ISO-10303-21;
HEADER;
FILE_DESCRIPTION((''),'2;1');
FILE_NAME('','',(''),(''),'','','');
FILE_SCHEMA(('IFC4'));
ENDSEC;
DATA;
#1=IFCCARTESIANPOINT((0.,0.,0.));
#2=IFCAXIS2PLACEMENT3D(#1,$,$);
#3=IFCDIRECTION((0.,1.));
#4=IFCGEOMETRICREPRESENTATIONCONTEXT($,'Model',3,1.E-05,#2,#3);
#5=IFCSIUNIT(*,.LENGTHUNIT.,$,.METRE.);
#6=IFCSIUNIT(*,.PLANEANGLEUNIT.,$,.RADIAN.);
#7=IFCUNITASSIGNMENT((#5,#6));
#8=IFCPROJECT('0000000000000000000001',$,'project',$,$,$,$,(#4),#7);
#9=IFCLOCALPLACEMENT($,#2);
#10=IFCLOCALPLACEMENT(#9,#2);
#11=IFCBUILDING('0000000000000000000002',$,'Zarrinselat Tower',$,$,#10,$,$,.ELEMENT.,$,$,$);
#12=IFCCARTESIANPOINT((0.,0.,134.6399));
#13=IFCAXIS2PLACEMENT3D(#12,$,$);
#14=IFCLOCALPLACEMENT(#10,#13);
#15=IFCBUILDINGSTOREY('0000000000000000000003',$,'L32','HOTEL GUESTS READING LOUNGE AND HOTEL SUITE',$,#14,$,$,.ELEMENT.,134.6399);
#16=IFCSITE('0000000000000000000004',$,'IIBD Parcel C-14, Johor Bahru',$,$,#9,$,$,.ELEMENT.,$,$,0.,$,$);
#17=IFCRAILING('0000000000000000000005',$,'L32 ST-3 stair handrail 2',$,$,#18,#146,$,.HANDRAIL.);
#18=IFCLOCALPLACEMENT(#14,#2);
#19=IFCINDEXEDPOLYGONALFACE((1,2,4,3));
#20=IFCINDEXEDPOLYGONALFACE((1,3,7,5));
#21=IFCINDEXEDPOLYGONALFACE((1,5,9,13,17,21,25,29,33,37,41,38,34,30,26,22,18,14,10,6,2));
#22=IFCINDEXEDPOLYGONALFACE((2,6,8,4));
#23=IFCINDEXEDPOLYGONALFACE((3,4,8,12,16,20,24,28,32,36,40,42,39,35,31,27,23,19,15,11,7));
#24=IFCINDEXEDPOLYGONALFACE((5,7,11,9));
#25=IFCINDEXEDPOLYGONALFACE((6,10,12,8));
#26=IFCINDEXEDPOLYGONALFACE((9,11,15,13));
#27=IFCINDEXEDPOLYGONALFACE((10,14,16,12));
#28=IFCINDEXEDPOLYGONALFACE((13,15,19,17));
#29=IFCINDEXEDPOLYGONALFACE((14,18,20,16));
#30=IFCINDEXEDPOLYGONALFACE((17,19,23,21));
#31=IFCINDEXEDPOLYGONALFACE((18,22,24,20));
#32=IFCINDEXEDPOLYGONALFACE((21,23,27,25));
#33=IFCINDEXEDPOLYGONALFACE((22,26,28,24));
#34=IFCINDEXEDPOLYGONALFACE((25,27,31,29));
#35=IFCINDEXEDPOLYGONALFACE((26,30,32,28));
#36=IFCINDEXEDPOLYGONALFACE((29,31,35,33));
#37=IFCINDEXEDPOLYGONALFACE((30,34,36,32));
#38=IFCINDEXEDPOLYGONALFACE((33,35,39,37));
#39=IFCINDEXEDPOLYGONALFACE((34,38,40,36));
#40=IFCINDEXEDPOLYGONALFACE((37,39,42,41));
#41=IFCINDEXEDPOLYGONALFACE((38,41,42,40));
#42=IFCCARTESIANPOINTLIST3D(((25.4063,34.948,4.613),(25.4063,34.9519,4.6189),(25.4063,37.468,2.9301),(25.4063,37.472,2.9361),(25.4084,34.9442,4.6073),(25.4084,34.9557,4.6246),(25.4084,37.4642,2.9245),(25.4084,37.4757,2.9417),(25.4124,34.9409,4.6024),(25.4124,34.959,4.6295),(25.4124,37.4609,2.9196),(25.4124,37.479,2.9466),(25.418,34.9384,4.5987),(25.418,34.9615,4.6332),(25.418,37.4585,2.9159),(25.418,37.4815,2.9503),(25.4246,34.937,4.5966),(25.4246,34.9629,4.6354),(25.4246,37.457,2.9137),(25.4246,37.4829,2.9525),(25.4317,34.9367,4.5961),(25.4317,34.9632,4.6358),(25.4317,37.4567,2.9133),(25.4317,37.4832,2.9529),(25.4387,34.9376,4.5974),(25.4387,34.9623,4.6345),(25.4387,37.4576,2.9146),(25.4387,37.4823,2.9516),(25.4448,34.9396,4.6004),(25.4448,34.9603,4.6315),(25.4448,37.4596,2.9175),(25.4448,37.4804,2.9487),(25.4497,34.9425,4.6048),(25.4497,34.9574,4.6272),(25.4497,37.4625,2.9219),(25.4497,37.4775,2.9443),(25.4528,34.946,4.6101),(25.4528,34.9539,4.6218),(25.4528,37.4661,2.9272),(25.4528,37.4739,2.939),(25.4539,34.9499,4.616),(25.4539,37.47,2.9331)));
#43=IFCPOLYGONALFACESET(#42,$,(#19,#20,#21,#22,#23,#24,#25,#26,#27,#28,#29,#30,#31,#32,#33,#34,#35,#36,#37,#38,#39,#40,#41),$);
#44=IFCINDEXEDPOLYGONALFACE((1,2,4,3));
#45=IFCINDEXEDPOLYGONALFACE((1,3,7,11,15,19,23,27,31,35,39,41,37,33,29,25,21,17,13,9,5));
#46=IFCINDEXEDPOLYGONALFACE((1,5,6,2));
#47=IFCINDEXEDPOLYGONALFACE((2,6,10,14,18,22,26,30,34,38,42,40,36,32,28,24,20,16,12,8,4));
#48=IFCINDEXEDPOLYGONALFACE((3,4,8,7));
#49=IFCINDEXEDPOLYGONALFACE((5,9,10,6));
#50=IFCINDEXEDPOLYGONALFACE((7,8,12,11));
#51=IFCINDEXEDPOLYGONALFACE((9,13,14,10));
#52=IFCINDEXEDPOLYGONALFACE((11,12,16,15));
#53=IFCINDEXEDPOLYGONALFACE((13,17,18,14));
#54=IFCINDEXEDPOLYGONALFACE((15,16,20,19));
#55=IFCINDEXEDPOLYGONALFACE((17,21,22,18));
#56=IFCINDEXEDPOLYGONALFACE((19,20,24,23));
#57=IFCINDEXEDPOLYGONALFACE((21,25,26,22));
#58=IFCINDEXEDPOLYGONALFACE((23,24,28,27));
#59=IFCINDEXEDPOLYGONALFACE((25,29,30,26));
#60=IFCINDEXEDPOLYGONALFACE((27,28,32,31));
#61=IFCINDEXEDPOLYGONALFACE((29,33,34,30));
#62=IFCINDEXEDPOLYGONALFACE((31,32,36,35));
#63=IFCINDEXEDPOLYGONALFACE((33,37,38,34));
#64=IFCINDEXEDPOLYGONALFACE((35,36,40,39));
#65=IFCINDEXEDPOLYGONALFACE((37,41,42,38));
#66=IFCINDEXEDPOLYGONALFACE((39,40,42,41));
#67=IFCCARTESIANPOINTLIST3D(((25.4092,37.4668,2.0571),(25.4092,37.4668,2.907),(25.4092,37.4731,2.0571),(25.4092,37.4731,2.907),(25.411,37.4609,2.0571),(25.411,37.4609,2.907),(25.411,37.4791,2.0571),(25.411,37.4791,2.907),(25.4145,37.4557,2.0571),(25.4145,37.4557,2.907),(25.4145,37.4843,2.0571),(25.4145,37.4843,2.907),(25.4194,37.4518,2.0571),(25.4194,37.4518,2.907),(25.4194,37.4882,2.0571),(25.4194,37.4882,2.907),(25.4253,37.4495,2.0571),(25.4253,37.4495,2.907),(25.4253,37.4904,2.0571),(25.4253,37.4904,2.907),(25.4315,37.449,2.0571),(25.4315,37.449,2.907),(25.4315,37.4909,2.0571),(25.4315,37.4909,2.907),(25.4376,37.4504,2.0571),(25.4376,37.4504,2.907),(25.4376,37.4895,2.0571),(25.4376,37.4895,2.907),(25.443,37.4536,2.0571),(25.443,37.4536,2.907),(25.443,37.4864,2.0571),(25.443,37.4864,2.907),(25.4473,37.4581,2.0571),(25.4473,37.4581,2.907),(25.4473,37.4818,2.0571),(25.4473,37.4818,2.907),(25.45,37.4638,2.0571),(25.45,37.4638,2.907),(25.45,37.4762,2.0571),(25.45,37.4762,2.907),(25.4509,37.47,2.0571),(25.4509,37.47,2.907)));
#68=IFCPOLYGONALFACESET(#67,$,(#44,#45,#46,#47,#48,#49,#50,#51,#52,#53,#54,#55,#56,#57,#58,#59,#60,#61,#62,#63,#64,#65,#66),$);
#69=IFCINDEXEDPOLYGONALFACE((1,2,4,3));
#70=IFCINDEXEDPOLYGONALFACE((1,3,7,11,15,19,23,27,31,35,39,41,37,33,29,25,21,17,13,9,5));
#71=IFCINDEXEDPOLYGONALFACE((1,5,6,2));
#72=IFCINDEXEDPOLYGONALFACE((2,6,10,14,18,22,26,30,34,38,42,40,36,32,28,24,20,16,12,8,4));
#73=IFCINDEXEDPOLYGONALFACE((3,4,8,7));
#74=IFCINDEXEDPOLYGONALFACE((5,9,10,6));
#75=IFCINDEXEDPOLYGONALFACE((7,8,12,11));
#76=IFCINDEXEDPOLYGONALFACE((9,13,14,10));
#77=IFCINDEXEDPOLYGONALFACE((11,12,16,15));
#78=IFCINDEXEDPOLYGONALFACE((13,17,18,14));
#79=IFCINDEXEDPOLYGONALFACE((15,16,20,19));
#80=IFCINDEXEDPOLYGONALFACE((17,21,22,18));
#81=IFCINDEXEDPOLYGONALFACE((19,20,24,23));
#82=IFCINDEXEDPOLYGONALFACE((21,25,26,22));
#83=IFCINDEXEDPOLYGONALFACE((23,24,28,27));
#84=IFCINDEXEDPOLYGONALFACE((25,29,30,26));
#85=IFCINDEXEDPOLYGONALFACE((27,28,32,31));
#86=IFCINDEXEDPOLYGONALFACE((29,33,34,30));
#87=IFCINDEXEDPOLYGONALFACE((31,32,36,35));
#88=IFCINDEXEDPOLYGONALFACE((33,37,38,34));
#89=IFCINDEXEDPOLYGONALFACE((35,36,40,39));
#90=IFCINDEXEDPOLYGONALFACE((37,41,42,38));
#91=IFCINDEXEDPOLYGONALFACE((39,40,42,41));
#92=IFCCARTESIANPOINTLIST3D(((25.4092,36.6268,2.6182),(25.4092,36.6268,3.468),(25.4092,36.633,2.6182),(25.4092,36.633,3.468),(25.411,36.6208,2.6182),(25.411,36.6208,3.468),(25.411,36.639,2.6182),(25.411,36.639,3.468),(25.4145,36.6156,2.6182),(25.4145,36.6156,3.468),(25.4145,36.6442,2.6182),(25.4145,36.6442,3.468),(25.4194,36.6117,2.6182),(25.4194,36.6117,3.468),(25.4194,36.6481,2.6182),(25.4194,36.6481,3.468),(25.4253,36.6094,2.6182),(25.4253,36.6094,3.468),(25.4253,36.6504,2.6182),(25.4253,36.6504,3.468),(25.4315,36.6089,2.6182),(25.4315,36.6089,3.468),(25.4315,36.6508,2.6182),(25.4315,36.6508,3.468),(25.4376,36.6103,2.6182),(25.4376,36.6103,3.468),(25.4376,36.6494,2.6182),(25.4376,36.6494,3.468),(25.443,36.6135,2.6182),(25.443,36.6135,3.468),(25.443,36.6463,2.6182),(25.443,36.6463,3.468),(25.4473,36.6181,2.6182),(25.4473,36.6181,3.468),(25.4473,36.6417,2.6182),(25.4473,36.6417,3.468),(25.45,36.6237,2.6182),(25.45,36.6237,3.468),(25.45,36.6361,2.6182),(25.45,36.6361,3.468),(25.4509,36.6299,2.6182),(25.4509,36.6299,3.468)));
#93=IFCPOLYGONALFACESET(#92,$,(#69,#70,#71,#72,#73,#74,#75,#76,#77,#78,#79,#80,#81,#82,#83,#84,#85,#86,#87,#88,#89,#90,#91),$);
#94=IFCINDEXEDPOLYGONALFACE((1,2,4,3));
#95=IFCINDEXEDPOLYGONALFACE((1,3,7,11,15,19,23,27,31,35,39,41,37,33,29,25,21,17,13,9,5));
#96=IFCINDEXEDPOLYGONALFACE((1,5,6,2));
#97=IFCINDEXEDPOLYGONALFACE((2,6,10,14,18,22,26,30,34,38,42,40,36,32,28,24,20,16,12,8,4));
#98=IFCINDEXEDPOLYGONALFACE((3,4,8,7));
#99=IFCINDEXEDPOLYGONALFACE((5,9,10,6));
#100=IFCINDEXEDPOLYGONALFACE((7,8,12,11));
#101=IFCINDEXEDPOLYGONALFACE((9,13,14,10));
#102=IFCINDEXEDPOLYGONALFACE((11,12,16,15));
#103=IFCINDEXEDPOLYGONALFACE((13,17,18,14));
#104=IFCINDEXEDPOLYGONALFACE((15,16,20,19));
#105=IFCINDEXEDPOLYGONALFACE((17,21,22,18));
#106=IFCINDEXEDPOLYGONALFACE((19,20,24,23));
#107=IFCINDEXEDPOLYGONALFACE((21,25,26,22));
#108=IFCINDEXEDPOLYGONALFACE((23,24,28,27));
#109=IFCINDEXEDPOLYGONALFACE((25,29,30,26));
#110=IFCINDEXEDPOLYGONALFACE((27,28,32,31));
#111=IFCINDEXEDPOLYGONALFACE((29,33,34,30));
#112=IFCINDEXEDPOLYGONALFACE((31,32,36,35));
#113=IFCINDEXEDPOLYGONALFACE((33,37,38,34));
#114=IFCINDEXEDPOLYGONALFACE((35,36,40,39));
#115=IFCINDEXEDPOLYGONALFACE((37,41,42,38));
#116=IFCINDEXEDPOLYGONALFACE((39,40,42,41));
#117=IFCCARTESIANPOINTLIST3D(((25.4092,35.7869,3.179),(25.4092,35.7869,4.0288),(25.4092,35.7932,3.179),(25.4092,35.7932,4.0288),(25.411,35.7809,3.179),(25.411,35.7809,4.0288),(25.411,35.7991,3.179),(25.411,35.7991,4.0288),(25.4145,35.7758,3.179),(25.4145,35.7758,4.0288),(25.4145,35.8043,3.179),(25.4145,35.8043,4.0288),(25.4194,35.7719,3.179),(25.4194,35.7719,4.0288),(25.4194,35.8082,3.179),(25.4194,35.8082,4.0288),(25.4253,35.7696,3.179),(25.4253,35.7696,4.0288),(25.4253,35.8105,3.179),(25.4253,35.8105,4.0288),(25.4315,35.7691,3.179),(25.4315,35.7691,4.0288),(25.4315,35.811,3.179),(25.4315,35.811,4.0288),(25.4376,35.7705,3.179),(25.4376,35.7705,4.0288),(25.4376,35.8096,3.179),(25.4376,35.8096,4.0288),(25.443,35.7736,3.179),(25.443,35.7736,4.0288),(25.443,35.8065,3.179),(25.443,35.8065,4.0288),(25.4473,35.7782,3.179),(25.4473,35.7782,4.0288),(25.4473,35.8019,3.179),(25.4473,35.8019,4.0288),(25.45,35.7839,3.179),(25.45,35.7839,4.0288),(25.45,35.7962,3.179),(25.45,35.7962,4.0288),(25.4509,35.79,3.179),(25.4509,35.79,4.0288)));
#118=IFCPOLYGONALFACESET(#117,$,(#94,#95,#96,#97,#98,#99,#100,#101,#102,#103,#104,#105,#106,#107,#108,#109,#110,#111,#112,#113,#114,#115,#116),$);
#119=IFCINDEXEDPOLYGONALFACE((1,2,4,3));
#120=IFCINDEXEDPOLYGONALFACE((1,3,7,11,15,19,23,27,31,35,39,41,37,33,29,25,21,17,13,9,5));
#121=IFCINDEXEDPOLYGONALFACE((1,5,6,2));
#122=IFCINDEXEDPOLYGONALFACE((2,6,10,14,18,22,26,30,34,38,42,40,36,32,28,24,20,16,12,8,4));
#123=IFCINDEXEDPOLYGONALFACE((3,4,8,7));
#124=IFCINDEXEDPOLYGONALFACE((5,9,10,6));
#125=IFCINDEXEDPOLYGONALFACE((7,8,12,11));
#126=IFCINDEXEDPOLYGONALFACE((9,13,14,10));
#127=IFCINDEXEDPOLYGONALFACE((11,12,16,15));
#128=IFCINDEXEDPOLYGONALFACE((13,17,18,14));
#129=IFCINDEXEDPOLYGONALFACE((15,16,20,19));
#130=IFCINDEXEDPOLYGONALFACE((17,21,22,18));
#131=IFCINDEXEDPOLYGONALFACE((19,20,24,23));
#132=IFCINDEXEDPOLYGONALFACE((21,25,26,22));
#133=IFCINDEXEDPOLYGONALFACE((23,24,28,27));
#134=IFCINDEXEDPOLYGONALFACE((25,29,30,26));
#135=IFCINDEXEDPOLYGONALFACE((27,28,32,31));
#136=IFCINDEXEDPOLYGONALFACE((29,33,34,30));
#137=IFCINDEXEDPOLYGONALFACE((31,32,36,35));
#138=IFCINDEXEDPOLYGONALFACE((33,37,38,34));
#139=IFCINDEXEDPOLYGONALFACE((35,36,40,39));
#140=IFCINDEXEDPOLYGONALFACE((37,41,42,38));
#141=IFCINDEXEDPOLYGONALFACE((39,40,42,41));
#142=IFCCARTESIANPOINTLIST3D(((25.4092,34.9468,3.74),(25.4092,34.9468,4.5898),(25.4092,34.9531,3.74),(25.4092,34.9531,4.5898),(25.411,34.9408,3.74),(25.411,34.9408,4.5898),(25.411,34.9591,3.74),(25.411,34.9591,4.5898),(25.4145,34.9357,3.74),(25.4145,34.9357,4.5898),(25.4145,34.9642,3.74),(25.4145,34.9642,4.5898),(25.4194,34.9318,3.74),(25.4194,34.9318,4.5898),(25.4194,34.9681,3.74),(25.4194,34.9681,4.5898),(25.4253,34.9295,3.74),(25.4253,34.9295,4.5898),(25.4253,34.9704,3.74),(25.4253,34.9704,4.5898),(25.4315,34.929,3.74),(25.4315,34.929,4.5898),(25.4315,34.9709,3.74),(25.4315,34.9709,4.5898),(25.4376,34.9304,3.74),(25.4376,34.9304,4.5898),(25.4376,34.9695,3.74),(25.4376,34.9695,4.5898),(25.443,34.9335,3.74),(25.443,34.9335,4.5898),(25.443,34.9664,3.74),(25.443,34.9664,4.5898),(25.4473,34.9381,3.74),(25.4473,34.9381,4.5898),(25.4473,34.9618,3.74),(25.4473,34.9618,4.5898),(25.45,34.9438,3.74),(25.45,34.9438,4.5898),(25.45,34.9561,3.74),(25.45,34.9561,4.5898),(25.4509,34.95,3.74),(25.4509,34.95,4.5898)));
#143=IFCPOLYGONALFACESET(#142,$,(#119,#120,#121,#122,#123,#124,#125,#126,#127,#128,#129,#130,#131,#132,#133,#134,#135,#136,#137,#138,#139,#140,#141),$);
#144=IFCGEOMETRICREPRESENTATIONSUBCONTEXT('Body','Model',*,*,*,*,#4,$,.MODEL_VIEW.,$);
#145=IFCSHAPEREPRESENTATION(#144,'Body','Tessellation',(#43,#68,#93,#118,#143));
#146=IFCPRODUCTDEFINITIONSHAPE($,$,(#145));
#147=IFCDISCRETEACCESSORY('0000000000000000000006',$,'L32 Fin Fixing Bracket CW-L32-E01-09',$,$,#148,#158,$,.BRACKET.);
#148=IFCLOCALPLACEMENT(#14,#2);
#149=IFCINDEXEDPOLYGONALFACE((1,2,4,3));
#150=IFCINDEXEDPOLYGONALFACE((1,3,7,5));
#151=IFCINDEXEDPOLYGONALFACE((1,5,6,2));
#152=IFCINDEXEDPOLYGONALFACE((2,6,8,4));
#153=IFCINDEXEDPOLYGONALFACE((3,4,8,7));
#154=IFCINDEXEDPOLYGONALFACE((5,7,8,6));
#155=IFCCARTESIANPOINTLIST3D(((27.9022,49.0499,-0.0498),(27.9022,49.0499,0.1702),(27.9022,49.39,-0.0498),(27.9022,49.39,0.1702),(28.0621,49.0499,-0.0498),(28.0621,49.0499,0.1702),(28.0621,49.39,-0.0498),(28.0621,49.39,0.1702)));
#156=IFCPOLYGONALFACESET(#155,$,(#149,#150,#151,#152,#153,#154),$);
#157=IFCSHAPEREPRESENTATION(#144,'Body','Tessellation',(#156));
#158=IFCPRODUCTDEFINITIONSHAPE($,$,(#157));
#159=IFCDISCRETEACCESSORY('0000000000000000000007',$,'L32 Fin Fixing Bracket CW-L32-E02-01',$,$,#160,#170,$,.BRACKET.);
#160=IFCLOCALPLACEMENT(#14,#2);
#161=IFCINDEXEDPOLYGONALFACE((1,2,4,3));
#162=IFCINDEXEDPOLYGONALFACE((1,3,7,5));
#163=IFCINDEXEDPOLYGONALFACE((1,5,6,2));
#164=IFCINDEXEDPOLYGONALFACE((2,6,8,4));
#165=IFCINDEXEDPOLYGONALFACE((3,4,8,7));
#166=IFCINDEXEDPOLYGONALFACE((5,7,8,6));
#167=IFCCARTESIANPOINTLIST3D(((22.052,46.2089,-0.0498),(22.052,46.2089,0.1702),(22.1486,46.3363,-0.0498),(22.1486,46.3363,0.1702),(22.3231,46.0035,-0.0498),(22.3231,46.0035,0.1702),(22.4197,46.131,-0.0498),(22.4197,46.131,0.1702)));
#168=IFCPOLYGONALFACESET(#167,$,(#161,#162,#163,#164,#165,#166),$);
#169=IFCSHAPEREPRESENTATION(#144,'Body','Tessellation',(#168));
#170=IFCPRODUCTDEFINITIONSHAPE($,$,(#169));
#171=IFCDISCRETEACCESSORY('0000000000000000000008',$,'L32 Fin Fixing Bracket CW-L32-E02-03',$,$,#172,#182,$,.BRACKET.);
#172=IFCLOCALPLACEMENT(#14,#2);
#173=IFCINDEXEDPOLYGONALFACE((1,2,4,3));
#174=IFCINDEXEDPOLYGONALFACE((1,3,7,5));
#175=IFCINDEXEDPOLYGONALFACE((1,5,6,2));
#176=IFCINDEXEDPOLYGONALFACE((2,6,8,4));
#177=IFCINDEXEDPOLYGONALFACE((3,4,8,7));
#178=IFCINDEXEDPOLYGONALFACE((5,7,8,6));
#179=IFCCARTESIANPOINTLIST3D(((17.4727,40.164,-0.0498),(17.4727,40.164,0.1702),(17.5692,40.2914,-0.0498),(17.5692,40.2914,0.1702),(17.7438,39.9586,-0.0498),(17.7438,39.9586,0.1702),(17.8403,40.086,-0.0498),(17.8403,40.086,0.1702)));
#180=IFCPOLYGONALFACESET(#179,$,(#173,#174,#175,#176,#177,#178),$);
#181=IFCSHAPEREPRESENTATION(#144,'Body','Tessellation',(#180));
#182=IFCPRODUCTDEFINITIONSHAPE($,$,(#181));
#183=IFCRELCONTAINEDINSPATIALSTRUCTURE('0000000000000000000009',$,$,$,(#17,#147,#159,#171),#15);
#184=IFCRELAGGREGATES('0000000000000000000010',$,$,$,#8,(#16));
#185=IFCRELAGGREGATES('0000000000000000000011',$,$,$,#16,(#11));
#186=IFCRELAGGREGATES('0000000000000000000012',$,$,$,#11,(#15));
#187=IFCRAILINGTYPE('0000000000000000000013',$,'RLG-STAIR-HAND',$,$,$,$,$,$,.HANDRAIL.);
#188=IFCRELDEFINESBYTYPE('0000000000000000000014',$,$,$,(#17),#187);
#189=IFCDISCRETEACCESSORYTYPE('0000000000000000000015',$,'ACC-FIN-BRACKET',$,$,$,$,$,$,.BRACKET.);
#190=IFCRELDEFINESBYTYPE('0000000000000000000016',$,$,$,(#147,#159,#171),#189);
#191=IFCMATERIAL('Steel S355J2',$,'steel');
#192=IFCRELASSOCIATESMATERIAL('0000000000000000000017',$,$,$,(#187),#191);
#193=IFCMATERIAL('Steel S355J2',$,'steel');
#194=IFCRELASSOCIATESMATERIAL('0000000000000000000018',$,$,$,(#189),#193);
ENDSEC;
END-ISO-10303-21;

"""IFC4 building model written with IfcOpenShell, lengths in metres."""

from ifc_helpers import new_model, si_unit, direction, frame, origin, origin_2d, place, context, subcontext, project, spatial, rectangle, circle, extrude, material, type_object, element, save


model = new_model("IFC4")

# Units and contexts
model_context = context("Model", 3, precision=1e-05, world=origin(), true_north=direction((0.0, 1.0)))
body_context = subcontext(model_context, "Body", "Model", "MODEL_VIEW")
ifc_project = project(units=[si_unit("LENGTHUNIT", "METRE"), si_unit("PLANEANGLEUNIT", "RADIAN")], contexts=[model_context])

# Site, building, storey
site_placement = place(None, origin())
site = spatial("IfcSite", under=ifc_project, at=site_placement, Name="IIBD Parcel C-14, Johor Bahru", CompositionType="ELEMENT", RefElevation=0.0)
building_placement = place(site_placement, origin())
building = spatial("IfcBuilding", under=site, at=building_placement, Name="Zarrinselat Tower", CompositionType="ELEMENT")
storey_placement = place(building_placement, frame((0.0, 0.0, 134.6399)))
storey = spatial("IfcBuildingStorey", under=building, at=storey_placement, Name="L32", Description="HOTEL GUESTS READING LOUNGE AND HOTEL SUITE", CompositionType="ELEMENT", Elevation=134.6399)

# Railing
ifc_material_1 = material(Name="Steel S355J2", Category="steel")
railing_type_1 = type_object("IfcRailingType", Name="RLG-STAIR-HAND", PredefinedType="HANDRAIL", material=ifc_material_1)
railing_1_placement = place(storey_placement, frame((25.4299, 37.47, 2.0571)))
element("IfcRailing", 1, at=railing_1_placement, inside=storey, type_object=railing_type_1, Name="L32 ST-3 stair handrail 2", PredefinedType="HANDRAIL", context=body_context, shape_type="SweptSolid", body=[
    extrude(circle(Radius=0.0239, at=origin_2d()), frame((0.0, 0.0, 0.876), z_axis=(0.0, -0.831616, 0.555351), x_axis=(1.0, 0.0, 0.0)), (0.0, 0.0, 1.0), 3.0303),
    extrude(circle(Radius=0.021, at=origin_2d()), origin(), (0.0, 0.0, 1.0), 0.8499),
    extrude(circle(Radius=0.021, at=origin_2d()), frame((0.0, -0.8401, 0.561)), (0.0, 0.0, 1.0), 0.8499),
    extrude(circle(Radius=0.021, at=origin_2d()), frame((0.0, -1.6799, 1.1218)), (0.0, 0.0, 1.0), 0.8499),
    extrude(circle(Radius=0.021, at=origin_2d()), frame((0.0, -2.52, 1.6829)), (0.0, 0.0, 1.0), 0.8499),
])

# Discrete accessories
ifc_material_2 = material(Name="Steel S355J2", Category="steel")
discrete_accessory_type = type_object("IfcDiscreteAccessoryType", Name="ACC-FIN-BRACKET", PredefinedType="BRACKET", material=ifc_material_2)
for number, where, z_axis, x_axis, name in (
    (2, (27.9822, 49.22, -0.0498), (0.0, 0.0, 1.0), (0.0, 1.0, 0.0), "L32 Fin Fixing Bracket CW-L32-E01-09"),
    (3, (22.2358, 46.1699, -0.0498), (0.0, 0.0, 1.0), (-0.797091, 0.603859, 0.0), "L32 Fin Fixing Bracket CW-L32-E02-01"),
    (4, (17.6565, 40.125, -0.0498), (0.0, 0.0, 1.0), (-0.797091, 0.603859, 0.0), "L32 Fin Fixing Bracket CW-L32-E02-03"),
):
    element("IfcDiscreteAccessory", number, at=place(storey_placement, frame(where, z_axis=z_axis, x_axis=x_axis)), inside=storey, type_object=discrete_accessory_type, Name=name, PredefinedType="BRACKET", context=body_context, shape_type="SweptSolid", body=[
        extrude(rectangle(XDim=0.3401, YDim=0.1599, at=origin_2d()), origin(), (0.0, 0.0, 1.0), 0.22),
    ])

save(model, "model.ifc")
